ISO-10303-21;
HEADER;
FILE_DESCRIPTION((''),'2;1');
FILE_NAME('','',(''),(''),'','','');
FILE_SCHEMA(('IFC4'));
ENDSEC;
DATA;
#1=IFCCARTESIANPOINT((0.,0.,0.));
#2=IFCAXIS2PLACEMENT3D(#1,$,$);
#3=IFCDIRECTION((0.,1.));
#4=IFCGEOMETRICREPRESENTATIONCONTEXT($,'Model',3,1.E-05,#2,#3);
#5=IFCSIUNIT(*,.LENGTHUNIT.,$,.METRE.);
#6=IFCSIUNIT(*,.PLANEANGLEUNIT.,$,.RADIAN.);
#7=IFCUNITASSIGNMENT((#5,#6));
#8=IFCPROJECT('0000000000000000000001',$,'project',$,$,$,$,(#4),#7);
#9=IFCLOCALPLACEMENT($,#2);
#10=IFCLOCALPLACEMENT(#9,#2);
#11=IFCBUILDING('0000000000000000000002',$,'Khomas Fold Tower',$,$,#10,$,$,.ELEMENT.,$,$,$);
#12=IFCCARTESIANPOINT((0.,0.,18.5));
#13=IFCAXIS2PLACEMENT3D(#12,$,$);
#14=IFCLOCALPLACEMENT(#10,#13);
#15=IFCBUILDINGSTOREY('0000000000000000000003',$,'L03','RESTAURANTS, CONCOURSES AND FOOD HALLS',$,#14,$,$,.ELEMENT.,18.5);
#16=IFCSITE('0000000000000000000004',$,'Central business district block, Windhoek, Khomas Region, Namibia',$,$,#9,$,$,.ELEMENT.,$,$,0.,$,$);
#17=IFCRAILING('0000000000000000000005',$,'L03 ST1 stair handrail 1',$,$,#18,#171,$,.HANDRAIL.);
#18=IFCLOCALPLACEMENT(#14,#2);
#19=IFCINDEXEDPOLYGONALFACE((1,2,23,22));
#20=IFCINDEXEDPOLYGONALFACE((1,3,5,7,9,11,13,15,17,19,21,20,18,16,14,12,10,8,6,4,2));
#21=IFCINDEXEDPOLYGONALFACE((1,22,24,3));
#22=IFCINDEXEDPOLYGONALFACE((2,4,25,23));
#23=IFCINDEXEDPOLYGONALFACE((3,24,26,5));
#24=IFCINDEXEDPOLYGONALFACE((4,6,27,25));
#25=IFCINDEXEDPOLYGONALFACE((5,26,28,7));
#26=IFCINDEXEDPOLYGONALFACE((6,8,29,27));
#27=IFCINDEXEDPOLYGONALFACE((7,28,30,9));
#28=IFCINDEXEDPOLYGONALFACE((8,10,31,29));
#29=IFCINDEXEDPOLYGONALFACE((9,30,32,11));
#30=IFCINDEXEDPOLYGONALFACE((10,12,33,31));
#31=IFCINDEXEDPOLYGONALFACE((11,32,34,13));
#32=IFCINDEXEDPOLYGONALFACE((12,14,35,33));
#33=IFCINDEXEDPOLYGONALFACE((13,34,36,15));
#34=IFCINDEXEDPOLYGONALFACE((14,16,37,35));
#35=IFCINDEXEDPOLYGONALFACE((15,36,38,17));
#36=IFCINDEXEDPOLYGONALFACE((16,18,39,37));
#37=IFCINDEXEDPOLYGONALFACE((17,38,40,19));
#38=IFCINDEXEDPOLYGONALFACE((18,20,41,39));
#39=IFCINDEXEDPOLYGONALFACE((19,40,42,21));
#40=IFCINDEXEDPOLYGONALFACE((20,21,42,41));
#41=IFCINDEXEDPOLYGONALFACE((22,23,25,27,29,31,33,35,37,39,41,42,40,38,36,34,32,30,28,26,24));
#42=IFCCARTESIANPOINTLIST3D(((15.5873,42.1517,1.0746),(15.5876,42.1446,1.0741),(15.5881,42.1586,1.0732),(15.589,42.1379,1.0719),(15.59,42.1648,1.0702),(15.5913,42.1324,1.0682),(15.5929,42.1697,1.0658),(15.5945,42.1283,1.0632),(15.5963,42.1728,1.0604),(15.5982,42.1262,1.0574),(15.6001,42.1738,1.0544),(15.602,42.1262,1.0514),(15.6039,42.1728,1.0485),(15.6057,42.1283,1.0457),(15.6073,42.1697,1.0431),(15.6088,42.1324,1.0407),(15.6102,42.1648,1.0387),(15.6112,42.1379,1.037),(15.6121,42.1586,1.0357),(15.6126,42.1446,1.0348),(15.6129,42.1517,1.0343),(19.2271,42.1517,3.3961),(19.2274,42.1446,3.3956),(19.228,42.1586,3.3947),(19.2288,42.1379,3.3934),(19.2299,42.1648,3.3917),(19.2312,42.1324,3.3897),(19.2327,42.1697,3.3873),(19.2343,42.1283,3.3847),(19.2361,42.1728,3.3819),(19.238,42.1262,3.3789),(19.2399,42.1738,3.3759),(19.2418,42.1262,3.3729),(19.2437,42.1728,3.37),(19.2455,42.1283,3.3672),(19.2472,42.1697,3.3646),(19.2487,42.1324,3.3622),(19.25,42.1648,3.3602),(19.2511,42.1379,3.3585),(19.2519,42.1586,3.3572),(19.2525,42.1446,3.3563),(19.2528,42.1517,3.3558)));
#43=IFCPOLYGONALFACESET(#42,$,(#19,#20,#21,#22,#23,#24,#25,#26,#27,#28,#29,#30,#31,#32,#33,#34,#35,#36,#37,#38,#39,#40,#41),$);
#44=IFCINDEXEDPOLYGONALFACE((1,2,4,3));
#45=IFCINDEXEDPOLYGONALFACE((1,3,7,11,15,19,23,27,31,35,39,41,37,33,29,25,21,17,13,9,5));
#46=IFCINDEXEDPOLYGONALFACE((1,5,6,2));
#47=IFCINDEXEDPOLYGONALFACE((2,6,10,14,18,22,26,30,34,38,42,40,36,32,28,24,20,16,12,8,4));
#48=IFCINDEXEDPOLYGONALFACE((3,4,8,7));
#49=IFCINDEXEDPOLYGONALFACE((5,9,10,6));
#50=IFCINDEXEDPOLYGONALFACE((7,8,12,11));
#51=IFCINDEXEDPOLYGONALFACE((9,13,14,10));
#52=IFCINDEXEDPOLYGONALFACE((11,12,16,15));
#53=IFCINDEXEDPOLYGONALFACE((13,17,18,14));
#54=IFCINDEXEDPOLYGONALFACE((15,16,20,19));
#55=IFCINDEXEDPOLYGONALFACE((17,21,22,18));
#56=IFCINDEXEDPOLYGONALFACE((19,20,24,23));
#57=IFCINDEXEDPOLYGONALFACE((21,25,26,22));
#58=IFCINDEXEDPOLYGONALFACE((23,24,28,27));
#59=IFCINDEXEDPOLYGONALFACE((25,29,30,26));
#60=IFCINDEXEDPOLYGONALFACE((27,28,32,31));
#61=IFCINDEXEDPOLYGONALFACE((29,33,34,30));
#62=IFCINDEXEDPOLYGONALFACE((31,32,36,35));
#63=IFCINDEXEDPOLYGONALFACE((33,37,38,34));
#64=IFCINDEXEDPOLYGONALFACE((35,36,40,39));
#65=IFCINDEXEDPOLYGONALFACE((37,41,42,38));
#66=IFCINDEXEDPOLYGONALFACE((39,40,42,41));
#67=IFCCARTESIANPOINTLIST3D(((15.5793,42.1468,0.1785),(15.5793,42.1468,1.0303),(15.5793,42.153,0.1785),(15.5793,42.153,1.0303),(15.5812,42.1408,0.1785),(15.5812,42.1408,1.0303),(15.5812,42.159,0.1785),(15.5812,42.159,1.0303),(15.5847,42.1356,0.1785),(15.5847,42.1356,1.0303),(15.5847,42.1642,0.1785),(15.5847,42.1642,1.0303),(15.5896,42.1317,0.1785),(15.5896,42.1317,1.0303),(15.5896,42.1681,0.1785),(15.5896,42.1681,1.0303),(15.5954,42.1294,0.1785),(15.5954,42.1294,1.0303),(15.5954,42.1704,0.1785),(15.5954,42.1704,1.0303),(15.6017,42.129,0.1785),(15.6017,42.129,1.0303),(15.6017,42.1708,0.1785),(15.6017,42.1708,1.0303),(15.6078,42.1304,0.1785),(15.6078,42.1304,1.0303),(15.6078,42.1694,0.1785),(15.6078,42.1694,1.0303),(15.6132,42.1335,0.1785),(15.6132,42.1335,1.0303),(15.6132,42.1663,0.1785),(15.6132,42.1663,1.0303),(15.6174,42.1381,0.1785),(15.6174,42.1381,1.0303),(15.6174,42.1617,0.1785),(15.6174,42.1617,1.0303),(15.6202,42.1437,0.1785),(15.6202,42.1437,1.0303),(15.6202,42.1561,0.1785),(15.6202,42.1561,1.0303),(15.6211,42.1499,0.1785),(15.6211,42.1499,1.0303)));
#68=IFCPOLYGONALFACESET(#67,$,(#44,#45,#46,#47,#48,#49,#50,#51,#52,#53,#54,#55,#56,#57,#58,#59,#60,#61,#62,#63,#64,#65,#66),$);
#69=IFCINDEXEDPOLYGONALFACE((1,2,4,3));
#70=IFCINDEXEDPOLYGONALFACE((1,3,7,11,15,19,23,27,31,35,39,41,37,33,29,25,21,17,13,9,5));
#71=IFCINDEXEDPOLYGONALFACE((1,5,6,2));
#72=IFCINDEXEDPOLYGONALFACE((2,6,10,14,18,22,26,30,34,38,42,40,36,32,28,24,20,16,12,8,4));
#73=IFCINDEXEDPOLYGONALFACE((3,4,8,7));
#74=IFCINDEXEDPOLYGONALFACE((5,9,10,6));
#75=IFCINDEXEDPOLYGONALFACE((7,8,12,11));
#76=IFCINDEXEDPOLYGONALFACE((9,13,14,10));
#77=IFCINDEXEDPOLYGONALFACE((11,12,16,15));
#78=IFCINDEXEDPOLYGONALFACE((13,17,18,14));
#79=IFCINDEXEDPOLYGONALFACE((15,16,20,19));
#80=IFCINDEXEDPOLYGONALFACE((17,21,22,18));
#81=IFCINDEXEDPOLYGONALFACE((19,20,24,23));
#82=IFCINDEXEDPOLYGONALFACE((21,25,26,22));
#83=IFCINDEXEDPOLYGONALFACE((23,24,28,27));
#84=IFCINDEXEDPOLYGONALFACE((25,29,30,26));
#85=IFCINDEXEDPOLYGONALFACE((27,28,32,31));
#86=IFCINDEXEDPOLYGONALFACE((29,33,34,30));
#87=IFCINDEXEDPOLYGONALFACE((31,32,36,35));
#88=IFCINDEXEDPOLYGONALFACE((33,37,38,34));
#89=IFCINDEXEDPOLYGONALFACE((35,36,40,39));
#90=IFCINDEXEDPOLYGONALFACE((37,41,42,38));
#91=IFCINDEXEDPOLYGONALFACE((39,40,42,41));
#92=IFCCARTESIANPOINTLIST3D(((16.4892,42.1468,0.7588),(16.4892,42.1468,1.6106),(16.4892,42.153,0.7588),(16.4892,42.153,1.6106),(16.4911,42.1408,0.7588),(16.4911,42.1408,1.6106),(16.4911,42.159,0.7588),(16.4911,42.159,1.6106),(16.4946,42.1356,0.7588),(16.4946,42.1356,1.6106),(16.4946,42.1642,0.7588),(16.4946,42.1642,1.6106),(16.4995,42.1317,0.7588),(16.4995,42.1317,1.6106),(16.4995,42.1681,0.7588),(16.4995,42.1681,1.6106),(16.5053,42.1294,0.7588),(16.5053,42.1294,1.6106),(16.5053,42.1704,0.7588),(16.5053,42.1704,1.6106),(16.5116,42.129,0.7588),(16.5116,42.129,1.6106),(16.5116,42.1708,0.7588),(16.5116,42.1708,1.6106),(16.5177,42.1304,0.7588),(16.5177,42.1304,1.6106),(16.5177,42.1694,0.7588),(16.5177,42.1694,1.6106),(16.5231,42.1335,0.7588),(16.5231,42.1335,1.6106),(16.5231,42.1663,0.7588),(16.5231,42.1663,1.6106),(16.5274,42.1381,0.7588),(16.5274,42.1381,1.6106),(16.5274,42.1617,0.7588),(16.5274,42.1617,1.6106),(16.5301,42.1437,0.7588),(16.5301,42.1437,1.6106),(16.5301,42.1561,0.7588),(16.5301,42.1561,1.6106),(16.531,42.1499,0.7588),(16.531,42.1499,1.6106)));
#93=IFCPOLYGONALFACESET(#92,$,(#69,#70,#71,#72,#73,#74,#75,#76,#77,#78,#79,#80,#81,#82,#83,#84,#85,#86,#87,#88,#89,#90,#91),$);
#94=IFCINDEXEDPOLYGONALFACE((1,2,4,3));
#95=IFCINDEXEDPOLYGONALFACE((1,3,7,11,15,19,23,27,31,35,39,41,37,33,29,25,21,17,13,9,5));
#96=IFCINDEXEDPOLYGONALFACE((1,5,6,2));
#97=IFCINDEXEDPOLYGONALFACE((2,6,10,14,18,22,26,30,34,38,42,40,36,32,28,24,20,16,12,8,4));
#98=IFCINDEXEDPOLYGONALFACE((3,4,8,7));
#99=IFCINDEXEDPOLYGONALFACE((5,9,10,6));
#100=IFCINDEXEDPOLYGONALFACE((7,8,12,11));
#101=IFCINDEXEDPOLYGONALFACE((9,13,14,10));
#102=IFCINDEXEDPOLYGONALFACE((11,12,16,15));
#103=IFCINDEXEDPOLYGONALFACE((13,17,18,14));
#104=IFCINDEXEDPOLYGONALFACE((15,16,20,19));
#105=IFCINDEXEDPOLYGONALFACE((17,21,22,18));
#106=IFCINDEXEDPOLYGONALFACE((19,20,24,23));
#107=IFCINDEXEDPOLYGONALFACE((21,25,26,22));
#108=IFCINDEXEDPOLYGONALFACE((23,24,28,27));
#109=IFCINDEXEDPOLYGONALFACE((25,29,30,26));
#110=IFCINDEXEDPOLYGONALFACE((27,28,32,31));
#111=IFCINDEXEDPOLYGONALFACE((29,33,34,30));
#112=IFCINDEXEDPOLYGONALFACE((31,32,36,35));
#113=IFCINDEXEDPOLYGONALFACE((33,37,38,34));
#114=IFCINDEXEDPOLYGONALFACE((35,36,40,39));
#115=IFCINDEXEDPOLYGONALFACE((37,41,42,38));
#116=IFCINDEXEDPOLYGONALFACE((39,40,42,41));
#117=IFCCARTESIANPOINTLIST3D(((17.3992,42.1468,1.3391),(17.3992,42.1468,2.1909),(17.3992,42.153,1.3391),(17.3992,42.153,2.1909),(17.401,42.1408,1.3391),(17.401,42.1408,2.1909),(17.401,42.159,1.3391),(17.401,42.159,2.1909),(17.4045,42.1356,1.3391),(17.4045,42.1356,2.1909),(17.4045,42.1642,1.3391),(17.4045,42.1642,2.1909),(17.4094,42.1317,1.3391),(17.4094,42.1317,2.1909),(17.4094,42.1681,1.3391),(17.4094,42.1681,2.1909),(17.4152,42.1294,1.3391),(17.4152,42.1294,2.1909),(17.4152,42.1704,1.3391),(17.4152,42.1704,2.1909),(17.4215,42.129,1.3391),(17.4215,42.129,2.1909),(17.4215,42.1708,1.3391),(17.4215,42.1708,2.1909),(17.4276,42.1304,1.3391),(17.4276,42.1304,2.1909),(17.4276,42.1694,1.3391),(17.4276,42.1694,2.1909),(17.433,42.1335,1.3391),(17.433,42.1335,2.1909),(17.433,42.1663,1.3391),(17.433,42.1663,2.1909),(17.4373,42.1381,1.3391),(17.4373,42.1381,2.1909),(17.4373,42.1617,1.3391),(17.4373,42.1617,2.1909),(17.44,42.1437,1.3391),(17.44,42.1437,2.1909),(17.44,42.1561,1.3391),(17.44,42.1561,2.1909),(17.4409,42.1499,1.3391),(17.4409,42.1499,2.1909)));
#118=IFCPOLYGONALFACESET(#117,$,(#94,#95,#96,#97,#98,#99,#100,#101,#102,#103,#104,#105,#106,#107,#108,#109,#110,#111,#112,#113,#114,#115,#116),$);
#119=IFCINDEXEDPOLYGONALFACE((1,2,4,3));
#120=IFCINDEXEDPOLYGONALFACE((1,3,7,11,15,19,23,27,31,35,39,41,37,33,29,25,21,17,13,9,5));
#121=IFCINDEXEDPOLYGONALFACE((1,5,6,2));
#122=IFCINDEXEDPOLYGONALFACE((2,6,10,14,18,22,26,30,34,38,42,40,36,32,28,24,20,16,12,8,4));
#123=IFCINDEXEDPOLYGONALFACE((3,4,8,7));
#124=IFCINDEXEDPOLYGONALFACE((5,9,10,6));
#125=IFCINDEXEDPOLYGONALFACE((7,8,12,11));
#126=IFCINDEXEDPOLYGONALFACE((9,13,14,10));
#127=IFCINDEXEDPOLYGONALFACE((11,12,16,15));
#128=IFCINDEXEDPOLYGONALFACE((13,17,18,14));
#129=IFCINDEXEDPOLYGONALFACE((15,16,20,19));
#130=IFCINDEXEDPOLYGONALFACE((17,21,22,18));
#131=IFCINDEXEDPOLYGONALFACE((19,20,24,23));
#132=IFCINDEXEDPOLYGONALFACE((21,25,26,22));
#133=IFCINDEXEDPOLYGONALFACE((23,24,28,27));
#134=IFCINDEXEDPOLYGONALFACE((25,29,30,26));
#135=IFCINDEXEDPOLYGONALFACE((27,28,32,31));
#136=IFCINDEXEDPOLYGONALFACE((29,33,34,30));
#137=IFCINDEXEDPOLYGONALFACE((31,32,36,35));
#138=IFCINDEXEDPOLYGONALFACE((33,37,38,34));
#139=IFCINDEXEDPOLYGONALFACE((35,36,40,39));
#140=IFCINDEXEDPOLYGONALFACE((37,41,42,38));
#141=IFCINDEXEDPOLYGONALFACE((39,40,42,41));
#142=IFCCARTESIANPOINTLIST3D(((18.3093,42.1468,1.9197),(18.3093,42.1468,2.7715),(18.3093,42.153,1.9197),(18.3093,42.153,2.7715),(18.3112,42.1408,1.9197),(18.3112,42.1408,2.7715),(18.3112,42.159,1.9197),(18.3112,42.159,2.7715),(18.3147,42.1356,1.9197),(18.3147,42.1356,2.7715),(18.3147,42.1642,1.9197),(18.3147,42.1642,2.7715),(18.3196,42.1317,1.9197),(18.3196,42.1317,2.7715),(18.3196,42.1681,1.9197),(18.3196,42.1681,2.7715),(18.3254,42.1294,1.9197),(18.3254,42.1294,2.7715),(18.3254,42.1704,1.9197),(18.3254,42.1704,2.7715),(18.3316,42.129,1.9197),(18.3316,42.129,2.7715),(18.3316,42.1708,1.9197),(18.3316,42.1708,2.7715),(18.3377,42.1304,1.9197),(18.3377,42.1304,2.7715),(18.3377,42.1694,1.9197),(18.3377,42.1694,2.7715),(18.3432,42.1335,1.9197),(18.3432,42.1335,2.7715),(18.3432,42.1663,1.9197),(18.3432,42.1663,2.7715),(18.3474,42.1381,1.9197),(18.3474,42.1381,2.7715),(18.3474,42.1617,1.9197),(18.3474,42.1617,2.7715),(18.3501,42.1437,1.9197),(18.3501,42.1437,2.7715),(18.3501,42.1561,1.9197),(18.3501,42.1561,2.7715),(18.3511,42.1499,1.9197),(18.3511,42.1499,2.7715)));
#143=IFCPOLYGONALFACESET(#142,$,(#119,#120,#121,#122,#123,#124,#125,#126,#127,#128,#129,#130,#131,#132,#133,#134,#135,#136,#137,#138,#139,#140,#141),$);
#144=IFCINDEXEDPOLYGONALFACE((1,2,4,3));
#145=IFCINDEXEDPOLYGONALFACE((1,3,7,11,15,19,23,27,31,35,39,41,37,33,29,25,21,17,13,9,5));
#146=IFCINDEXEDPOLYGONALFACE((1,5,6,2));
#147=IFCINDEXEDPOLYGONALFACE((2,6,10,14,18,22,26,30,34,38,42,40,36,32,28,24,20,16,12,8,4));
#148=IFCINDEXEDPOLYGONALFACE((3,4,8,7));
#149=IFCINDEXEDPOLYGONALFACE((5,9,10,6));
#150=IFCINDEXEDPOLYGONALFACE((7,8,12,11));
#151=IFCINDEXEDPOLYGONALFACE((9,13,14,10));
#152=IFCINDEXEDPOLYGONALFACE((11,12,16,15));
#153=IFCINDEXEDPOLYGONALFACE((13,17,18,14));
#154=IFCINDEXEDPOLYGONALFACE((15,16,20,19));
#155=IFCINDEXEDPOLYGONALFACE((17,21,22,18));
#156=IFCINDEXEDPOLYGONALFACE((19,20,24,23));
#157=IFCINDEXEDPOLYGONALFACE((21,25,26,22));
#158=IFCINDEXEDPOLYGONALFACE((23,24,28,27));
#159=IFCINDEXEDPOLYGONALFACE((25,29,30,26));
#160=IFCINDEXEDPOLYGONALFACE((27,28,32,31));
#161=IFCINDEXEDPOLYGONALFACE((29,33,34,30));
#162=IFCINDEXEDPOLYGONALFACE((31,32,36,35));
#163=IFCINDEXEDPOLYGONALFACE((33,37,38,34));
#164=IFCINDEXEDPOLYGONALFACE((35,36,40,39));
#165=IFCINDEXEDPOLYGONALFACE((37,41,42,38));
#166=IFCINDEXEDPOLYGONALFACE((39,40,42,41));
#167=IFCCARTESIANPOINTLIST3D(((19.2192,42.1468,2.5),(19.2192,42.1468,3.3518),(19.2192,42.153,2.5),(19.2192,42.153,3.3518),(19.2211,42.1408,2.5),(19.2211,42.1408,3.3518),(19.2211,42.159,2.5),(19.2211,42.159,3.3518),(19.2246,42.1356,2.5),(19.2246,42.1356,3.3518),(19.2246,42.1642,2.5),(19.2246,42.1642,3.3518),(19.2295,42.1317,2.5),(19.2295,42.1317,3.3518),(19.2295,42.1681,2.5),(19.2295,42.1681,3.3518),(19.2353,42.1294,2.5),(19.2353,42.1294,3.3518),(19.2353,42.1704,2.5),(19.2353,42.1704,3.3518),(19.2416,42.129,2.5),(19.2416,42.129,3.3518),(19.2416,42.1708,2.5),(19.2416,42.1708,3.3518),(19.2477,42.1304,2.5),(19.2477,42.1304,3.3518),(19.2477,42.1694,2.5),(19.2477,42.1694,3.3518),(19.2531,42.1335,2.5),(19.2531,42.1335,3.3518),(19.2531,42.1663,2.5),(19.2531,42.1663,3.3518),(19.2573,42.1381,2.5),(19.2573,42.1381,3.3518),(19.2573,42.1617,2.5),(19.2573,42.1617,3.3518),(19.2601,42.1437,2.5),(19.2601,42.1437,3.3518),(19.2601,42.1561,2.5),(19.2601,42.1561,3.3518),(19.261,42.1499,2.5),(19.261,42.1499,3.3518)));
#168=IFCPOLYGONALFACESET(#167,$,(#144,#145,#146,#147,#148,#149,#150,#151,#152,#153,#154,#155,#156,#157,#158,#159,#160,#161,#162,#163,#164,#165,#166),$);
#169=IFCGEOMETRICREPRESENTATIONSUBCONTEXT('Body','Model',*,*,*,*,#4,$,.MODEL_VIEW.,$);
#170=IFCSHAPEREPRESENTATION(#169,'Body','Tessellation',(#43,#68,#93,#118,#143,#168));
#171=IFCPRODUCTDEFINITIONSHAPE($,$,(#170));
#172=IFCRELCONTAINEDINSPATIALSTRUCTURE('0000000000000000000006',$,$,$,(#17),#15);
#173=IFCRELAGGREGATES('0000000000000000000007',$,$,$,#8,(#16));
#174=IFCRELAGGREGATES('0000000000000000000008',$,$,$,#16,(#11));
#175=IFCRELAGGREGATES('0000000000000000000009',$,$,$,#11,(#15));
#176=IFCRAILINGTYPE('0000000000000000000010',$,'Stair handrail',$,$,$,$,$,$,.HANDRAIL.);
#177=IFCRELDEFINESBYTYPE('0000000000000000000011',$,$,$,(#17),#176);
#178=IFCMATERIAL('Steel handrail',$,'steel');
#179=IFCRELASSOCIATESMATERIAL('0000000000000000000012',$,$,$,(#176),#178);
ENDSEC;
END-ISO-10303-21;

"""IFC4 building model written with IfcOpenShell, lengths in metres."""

from ifc_helpers import new_model, si_unit, direction, frame, origin, origin_2d, place, context, subcontext, project, spatial, circle, extrude, source, transform, mapped, material, type_object, element, save


model = new_model("IFC4")

# Units and contexts
model_context = context("Model", 3, precision=1e-05, world=origin(), true_north=direction((0.0, 1.0)))
body_context = subcontext(model_context, "Body", "Model", "MODEL_VIEW")
ifc_project = project(units=[si_unit("LENGTHUNIT", "METRE"), si_unit("PLANEANGLEUNIT", "RADIAN")], contexts=[model_context])

# Site, building, storey
site_placement = place(None, origin())
site = spatial("IfcSite", under=ifc_project, at=site_placement, Name="Central business district block, Windhoek, Khomas Region, Namibia", CompositionType="ELEMENT", RefElevation=0.0)
building_placement = place(site_placement, origin())
building = spatial("IfcBuilding", under=site, at=building_placement, Name="Khomas Fold Tower", CompositionType="ELEMENT")
storey_placement = place(building_placement, frame((0.0, 0.0, 18.5)))
storey = spatial("IfcBuildingStorey", under=building, at=storey_placement, Name="L03", Description="RESTAURANTS, CONCOURSES AND FOOD HALLS", CompositionType="ELEMENT", Elevation=18.5)

# Railing
ifc_material_1 = material(Name="Steel handrail", Category="steel")
railing_type_1 = type_object("IfcRailingType", Name="Stair handrail", PredefinedType="HANDRAIL", material=ifc_material_1)
shared_shape_1 = source(origin(), body_context, "Body", "SweptSolid", [
    extrude(circle(Radius=0.0239, at=origin_2d()), frame((0.0, 0.0, 0.876), z_axis=(0.843112, 0.0, 0.537739), x_axis=(0.0, 1.0, 0.0)), (0.0, 0.0, 1.0), 4.3171),
    extrude(circle(Radius=0.021, at=origin_2d()), origin(), (0.0, 0.0, 1.0), 0.8518),
    extrude(circle(Radius=0.021, at=origin_2d()), frame((0.9099, 0.0, 0.5803)), (0.0, 0.0, 1.0), 0.8518),
    extrude(circle(Radius=0.021, at=origin_2d()), frame((1.8198, 0.0, 1.1606)), (0.0, 0.0, 1.0), 0.8518),
    extrude(circle(Radius=0.021, at=origin_2d()), frame((2.73, 0.0, 1.7412)), (0.0, 0.0, 1.0), 0.8518),
    extrude(circle(Radius=0.021, at=origin_2d()), frame((3.6399, 0.0, 2.3215)), (0.0, 0.0, 1.0), 0.8518),
])
railing_1_placement = place(storey_placement, frame((15.6001, 42.1499, 0.1785)))
element("IfcRailing", 1, at=railing_1_placement, inside=storey, type_object=railing_type_1, Name="L03 ST1 stair handrail 1", PredefinedType="HANDRAIL", context=body_context, shape_type="MappedRepresentation", body=[
    mapped(shared_shape_1, transform((0.0, 0.0, 0.0))),
])

save(model, "model.ifc")
